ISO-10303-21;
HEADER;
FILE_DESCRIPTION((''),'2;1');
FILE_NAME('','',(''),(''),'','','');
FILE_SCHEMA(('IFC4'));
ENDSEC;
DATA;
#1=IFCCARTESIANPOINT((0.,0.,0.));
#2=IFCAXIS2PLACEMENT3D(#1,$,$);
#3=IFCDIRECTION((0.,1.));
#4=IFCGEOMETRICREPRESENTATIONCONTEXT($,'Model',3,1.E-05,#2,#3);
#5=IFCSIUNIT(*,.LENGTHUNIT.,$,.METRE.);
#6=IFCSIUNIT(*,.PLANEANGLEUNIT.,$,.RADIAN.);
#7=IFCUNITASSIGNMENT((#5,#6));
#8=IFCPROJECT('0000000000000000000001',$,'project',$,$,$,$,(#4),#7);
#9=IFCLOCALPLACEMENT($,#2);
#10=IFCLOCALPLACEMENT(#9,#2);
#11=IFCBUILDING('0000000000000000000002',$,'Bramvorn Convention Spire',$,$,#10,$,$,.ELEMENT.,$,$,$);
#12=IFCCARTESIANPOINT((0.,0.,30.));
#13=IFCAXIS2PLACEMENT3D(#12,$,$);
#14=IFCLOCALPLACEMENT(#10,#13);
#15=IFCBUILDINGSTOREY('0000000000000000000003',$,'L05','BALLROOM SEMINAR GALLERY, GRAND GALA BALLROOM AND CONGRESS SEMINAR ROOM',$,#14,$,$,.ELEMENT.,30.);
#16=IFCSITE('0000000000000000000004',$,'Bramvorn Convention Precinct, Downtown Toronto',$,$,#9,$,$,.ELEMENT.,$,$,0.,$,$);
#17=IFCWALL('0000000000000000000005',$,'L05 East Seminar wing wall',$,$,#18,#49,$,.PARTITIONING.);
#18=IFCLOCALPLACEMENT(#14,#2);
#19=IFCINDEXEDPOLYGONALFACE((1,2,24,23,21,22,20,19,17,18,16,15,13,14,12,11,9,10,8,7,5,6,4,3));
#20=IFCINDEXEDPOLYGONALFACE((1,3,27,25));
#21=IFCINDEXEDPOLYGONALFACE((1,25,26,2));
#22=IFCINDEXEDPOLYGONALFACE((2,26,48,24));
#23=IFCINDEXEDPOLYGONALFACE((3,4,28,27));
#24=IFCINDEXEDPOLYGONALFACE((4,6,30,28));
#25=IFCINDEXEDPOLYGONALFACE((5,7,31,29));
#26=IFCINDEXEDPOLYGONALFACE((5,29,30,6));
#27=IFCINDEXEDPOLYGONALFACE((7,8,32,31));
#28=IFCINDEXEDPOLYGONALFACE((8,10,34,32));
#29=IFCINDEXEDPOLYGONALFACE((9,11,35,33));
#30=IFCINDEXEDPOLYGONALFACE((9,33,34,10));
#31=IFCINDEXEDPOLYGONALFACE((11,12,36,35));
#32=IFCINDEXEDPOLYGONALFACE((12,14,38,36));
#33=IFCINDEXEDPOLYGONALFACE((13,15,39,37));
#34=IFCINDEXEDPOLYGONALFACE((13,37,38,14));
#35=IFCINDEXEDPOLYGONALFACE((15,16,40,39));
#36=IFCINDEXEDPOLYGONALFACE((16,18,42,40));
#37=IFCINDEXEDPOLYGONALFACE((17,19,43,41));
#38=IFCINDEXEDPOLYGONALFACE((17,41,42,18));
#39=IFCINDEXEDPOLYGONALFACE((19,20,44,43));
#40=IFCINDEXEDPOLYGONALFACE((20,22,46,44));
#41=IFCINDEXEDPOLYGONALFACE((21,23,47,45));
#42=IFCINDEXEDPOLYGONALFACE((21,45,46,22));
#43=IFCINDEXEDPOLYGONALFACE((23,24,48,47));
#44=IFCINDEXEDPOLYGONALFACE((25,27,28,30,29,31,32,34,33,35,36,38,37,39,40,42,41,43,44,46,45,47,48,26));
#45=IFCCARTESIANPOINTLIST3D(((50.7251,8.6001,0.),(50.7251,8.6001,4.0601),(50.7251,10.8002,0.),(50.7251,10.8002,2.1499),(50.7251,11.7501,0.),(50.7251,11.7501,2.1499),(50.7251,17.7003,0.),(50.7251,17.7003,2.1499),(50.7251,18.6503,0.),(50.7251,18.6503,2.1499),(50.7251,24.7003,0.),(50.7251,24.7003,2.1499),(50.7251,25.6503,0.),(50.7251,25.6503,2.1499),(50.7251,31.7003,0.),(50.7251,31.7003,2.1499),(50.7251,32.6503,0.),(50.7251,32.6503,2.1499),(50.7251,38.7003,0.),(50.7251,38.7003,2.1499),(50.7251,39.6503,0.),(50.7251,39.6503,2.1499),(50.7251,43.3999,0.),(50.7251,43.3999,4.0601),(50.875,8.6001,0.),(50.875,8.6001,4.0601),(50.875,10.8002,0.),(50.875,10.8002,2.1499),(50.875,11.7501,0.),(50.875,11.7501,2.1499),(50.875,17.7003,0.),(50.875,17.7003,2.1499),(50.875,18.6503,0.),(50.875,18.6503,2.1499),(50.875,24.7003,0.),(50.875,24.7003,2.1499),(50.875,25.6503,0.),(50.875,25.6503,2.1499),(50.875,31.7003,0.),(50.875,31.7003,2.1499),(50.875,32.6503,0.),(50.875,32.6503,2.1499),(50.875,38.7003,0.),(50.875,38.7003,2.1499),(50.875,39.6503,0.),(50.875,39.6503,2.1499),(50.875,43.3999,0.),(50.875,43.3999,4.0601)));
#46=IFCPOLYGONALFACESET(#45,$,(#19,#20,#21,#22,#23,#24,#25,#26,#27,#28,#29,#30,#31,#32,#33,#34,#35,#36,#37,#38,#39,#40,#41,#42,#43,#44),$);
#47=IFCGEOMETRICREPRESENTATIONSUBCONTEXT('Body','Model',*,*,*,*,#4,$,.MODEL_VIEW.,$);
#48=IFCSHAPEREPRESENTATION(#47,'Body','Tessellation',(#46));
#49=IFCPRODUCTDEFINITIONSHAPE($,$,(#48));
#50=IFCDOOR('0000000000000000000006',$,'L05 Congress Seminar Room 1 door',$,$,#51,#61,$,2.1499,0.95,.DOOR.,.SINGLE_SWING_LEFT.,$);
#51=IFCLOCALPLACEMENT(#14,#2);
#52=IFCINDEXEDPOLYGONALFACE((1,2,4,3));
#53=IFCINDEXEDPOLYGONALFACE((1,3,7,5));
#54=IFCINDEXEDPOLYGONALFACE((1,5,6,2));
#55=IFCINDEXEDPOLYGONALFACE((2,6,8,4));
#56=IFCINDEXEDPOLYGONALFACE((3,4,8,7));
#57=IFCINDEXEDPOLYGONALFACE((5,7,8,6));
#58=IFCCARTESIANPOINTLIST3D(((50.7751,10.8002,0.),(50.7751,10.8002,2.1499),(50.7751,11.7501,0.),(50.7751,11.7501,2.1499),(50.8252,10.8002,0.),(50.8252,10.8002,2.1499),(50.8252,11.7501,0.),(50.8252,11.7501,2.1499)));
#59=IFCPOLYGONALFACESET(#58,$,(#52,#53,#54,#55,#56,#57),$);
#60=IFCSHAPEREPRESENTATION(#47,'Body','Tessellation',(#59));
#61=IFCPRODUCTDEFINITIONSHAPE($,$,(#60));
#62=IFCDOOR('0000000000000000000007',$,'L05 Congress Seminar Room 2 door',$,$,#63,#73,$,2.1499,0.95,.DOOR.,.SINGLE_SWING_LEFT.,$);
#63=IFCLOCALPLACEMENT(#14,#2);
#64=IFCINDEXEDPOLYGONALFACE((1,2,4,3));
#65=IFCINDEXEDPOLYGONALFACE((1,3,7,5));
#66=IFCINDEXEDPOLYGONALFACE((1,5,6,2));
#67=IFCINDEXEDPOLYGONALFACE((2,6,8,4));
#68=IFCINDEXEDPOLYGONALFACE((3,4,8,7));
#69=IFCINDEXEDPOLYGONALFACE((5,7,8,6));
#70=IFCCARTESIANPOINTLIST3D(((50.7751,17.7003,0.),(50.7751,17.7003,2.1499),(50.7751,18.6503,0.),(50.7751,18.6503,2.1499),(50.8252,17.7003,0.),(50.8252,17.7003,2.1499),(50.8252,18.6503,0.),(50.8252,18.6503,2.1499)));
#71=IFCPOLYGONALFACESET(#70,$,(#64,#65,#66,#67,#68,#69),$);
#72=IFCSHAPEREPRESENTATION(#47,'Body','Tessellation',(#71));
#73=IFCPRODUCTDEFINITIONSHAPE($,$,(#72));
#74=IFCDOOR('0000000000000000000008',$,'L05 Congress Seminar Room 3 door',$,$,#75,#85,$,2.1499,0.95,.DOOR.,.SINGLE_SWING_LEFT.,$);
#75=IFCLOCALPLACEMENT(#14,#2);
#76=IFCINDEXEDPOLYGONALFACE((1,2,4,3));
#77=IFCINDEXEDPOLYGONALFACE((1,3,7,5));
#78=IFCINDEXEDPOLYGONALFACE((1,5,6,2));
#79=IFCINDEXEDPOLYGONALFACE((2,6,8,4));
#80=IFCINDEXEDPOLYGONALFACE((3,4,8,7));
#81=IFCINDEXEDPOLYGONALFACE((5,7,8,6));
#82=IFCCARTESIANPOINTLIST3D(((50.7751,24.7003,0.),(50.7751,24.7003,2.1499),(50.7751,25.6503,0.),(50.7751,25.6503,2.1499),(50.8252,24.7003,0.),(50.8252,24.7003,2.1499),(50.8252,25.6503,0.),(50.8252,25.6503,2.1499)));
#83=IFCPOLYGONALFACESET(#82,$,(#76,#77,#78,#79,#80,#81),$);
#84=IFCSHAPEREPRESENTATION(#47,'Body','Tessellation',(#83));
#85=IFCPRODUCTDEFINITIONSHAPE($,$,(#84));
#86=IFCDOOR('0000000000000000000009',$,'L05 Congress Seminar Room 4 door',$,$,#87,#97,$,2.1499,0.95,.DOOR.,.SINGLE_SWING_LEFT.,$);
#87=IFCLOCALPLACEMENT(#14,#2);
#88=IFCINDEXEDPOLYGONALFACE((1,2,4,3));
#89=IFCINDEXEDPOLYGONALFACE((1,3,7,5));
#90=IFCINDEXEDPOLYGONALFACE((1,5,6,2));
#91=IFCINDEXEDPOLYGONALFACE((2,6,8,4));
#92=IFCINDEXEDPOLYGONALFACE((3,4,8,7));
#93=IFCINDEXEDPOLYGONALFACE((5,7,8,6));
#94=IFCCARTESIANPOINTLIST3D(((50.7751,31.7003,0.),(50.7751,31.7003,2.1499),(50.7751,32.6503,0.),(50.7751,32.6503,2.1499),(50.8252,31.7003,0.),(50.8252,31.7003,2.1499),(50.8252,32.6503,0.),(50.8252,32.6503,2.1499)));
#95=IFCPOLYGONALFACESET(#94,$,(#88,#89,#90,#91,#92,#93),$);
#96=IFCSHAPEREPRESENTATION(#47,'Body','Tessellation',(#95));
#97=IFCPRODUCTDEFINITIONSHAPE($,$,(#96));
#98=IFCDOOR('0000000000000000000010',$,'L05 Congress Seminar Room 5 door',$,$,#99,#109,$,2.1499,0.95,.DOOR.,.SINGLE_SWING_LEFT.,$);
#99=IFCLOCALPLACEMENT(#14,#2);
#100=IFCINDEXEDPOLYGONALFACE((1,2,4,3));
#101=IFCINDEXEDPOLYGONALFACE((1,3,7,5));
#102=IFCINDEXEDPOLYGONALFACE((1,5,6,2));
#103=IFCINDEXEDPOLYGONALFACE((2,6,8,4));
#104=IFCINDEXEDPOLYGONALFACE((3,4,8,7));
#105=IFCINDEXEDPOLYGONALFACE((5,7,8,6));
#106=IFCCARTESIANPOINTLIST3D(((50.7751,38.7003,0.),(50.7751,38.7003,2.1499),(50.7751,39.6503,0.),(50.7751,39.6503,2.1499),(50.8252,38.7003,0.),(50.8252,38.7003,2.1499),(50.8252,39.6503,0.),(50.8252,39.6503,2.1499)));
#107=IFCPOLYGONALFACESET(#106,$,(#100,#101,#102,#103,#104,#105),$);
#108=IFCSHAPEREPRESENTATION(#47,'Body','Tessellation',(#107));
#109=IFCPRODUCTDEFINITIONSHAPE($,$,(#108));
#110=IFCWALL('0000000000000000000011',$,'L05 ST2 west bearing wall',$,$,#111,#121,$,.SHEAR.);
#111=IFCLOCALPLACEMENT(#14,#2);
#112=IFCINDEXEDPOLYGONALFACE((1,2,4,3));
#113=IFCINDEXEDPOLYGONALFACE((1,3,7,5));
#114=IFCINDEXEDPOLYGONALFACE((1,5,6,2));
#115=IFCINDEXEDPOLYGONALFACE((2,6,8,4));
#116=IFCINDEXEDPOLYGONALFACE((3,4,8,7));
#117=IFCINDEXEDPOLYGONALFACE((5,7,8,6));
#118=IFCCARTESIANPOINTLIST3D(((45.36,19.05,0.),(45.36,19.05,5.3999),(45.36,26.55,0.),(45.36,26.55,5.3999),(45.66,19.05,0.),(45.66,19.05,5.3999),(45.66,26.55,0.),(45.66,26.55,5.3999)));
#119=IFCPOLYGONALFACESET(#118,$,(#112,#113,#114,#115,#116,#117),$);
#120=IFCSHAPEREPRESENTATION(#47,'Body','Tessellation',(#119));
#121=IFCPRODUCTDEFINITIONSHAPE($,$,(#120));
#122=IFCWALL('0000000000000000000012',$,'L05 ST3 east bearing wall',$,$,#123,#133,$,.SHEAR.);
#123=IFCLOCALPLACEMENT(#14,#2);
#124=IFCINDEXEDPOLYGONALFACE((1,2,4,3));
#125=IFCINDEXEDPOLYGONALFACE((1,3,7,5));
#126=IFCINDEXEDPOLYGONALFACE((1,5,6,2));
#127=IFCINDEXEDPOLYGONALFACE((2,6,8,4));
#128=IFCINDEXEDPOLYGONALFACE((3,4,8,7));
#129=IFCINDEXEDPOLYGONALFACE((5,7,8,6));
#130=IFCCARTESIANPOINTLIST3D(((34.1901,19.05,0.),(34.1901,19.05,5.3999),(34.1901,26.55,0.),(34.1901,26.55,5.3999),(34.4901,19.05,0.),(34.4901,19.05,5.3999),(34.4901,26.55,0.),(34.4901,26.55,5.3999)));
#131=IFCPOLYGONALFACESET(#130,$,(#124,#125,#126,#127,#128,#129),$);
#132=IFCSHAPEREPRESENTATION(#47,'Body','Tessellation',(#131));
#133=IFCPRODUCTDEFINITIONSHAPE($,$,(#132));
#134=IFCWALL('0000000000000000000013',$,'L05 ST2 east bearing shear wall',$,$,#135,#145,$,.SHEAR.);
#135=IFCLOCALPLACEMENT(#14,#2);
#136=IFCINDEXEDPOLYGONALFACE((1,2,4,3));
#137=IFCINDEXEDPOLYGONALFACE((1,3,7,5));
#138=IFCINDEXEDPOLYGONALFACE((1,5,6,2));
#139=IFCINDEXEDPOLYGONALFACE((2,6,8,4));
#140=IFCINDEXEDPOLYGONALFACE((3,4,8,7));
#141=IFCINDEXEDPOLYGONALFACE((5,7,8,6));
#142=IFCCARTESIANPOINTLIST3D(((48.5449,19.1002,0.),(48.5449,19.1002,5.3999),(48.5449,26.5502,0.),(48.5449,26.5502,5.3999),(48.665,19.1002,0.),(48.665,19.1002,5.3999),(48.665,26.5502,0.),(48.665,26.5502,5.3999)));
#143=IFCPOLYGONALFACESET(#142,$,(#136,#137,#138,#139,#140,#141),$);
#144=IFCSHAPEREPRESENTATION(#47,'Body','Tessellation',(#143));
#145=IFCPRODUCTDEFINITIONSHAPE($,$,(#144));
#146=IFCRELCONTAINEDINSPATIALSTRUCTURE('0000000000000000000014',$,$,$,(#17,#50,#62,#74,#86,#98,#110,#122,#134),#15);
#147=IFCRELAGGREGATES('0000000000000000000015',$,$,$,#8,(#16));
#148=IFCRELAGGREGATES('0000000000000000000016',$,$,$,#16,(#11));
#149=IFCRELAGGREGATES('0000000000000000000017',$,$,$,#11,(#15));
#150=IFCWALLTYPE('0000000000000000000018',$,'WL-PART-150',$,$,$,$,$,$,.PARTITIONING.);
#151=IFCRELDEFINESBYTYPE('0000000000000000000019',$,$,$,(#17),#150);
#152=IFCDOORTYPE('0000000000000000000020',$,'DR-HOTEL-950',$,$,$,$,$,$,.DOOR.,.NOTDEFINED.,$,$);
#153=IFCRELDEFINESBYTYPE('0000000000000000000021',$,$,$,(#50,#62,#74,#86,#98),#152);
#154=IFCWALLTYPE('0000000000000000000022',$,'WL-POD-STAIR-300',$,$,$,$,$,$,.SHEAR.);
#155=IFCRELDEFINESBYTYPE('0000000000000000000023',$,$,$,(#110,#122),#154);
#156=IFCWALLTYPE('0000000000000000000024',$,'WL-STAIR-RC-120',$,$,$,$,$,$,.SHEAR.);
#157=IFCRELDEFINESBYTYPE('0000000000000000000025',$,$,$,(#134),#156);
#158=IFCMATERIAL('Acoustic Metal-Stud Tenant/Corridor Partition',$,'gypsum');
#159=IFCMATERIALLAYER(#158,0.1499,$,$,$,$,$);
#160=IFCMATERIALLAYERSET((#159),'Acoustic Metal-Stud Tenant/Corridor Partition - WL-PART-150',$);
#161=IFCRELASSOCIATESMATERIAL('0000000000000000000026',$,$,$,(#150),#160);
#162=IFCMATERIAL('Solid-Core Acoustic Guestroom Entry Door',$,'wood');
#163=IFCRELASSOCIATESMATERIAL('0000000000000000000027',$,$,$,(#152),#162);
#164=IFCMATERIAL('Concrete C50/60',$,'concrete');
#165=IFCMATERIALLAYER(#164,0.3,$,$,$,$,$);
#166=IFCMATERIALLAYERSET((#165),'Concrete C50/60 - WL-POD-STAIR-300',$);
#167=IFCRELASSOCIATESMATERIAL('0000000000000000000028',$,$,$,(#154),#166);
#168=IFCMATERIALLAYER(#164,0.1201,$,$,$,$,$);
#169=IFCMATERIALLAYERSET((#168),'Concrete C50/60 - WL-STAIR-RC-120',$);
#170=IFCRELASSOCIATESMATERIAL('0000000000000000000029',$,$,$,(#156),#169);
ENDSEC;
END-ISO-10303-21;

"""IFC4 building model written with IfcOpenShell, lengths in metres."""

from ifc_helpers import new_model, si_unit, direction, frame, frame_2d, origin, place, context, subcontext, project, spatial, rectangle, extrude, material, layer, layer_set, type_object, element, fill, save


model = new_model("IFC4")

# Units and contexts
model_context = context("Model", 3, precision=1e-05, world=origin(), true_north=direction((0.0, 1.0)))
body_context = subcontext(model_context, "Body", "Model", "MODEL_VIEW")
ifc_project = project(units=[si_unit("LENGTHUNIT", "METRE"), si_unit("PLANEANGLEUNIT", "RADIAN")], contexts=[model_context])

# Site, building, storey
site_placement = place(None, origin())
site = spatial("IfcSite", under=ifc_project, at=site_placement, Name="Bramvorn Convention Precinct, Downtown Toronto", CompositionType="ELEMENT", RefElevation=0.0)
building_placement = place(site_placement, origin())
building = spatial("IfcBuilding", under=site, at=building_placement, Name="Bramvorn Convention Spire", CompositionType="ELEMENT")
storey_placement = place(building_placement, frame((0.0, 0.0, 30.0)))
storey = spatial("IfcBuildingStorey", under=building, at=storey_placement, Name="L05", Description="BALLROOM SEMINAR GALLERY, GRAND GALA BALLROOM AND CONGRESS SEMINAR ROOM", CompositionType="ELEMENT", Elevation=30.0)

# Shared definitions
ifc_material_1 = material(Name="Concrete C50/60", Category="concrete")

# Wall, openings, doors
ifc_material_2 = material(Name="Acoustic Metal-Stud Tenant/Corridor Partition", Category="gypsum")
ifc_layer_1 = layer(ifc_material_2, 0.1499)
ifc_layer_set_1 = layer_set([ifc_layer_1], Name="Acoustic Metal-Stud Tenant/Corridor Partition - WL-PART-150")
wall_type_1 = type_object("IfcWallType", Name="WL-PART-150", PredefinedType="PARTITIONING", material=ifc_layer_set_1)
wall_1_placement = place(storey_placement, frame((50.8, 8.6001, 0.0), z_axis=(0.0, 0.0, 1.0), x_axis=(0.0, 1.0, 0.0)))
wall_1 = element("IfcWall", 1, at=wall_1_placement, inside=storey, type_object=wall_type_1, Name="L05 East Seminar wing wall", PredefinedType="PARTITIONING", context=body_context, shape_type="SweptSolid", body=[
    extrude(rectangle(XDim=34.7998, YDim=0.1499, at=frame_2d((17.3999, 0.0))), origin(), (0.0, 0.0, 1.0), 4.0601),
])
opening_1_placement = place(wall_1_placement, frame((2.2, 0.0, 0.0)))
opening_1 = element("IfcOpeningElement", 2, at=opening_1_placement, cuts=wall_1, PredefinedType="OPENING", context=body_context, shape_type="SweptSolid", body=[
    extrude(rectangle(XDim=0.95, YDim=2.1499, at=frame_2d((0.4751, 1.075))), frame((0.0, 0.085, 0.0), z_axis=(0.0, -1.0, 0.0), x_axis=(1.0, 0.0, 0.0)), (0.0, 0.0, 1.0), 0.1699),
])
opening_2_placement = place(wall_1_placement, frame((9.1001, 0.0, 0.0)))
opening_2 = element("IfcOpeningElement", 3, at=opening_2_placement, cuts=wall_1, PredefinedType="OPENING", context=body_context, shape_type="SweptSolid", body=[
    extrude(rectangle(XDim=0.95, YDim=2.1499, at=frame_2d((0.4751, 1.075))), frame((0.0, 0.085, 0.0), z_axis=(0.0, -1.0, 0.0), x_axis=(1.0, 0.0, 0.0)), (0.0, 0.0, 1.0), 0.1699),
])
opening_3_placement = place(wall_1_placement, frame((16.1001, 0.0, 0.0)))
opening_3 = element("IfcOpeningElement", 4, at=opening_3_placement, cuts=wall_1, PredefinedType="OPENING", context=body_context, shape_type="SweptSolid", body=[
    extrude(rectangle(XDim=0.95, YDim=2.1499, at=frame_2d((0.4751, 1.075))), frame((0.0, 0.085, 0.0), z_axis=(0.0, -1.0, 0.0), x_axis=(1.0, 0.0, 0.0)), (0.0, 0.0, 1.0), 0.1699),
])
opening_4_placement = place(wall_1_placement, frame((23.1001, 0.0, 0.0)))
opening_4 = element("IfcOpeningElement", 5, at=opening_4_placement, cuts=wall_1, PredefinedType="OPENING", context=body_context, shape_type="SweptSolid", body=[
    extrude(rectangle(XDim=0.95, YDim=2.1499, at=frame_2d((0.4751, 1.075))), frame((0.0, 0.085, 0.0), z_axis=(0.0, -1.0, 0.0), x_axis=(1.0, 0.0, 0.0)), (0.0, 0.0, 1.0), 0.1699),
])
opening_5_placement = place(wall_1_placement, frame((30.1001, 0.0, 0.0)))
opening_5 = element("IfcOpeningElement", 6, at=opening_5_placement, cuts=wall_1, PredefinedType="OPENING", context=body_context, shape_type="SweptSolid", body=[
    extrude(rectangle(XDim=0.95, YDim=2.1499, at=frame_2d((0.4751, 1.075))), frame((0.0, 0.085, 0.0), z_axis=(0.0, -1.0, 0.0), x_axis=(1.0, 0.0, 0.0)), (0.0, 0.0, 1.0), 0.1699),
])
ifc_material_3 = material(Name="Solid-Core Acoustic Guestroom Entry Door", Category="wood")
door_type_1 = type_object("IfcDoorType", Name="DR-HOTEL-950", OperationType="NOTDEFINED", PredefinedType="DOOR", material=ifc_material_3)
door_1_placement = place(opening_1_placement, origin())
door_1 = element("IfcDoor", 7, at=door_1_placement, inside=storey, type_object=door_type_1, Name="L05 Congress Seminar Room 1 door", OperationType="SINGLE_SWING_LEFT", OverallHeight=2.1499, OverallWidth=0.95, PredefinedType="DOOR", context=body_context, shape_type="SweptSolid", body=[
    extrude(rectangle(XDim=0.95, YDim=2.1499, at=frame_2d((0.4751, 1.075))), frame((0.0, 0.0249, 0.0), z_axis=(0.0, -1.0, 0.0), x_axis=(1.0, 0.0, 0.0)), (0.0, 0.0, 1.0), 0.05),
])
fill(opening_1, door_1)
door_2_placement = place(opening_2_placement, origin())
door_2 = element("IfcDoor", 8, at=door_2_placement, inside=storey, type_object=door_type_1, Name="L05 Congress Seminar Room 2 door", OperationType="SINGLE_SWING_LEFT", OverallHeight=2.1499, OverallWidth=0.95, PredefinedType="DOOR", context=body_context, shape_type="SweptSolid", body=[
    extrude(rectangle(XDim=0.95, YDim=2.1499, at=frame_2d((0.4751, 1.075))), frame((0.0, 0.0249, 0.0), z_axis=(0.0, -1.0, 0.0), x_axis=(1.0, 0.0, 0.0)), (0.0, 0.0, 1.0), 0.05),
])
fill(opening_2, door_2)
door_3_placement = place(opening_3_placement, origin())
door_3 = element("IfcDoor", 9, at=door_3_placement, inside=storey, type_object=door_type_1, Name="L05 Congress Seminar Room 3 door", OperationType="SINGLE_SWING_LEFT", OverallHeight=2.1499, OverallWidth=0.95, PredefinedType="DOOR", context=body_context, shape_type="SweptSolid", body=[
    extrude(rectangle(XDim=0.95, YDim=2.1499, at=frame_2d((0.4751, 1.075))), frame((0.0, 0.0249, 0.0), z_axis=(0.0, -1.0, 0.0), x_axis=(1.0, 0.0, 0.0)), (0.0, 0.0, 1.0), 0.05),
])
fill(opening_3, door_3)
door_4_placement = place(opening_4_placement, origin())
door_4 = element("IfcDoor", 10, at=door_4_placement, inside=storey, type_object=door_type_1, Name="L05 Congress Seminar Room 4 door", OperationType="SINGLE_SWING_LEFT", OverallHeight=2.1499, OverallWidth=0.95, PredefinedType="DOOR", context=body_context, shape_type="SweptSolid", body=[
    extrude(rectangle(XDim=0.95, YDim=2.1499, at=frame_2d((0.4751, 1.075))), frame((0.0, 0.0249, 0.0), z_axis=(0.0, -1.0, 0.0), x_axis=(1.0, 0.0, 0.0)), (0.0, 0.0, 1.0), 0.05),
])
fill(opening_4, door_4)
door_5_placement = place(opening_5_placement, origin())
door_5 = element("IfcDoor", 11, at=door_5_placement, inside=storey, type_object=door_type_1, Name="L05 Congress Seminar Room 5 door", OperationType="SINGLE_SWING_LEFT", OverallHeight=2.1499, OverallWidth=0.95, PredefinedType="DOOR", context=body_context, shape_type="SweptSolid", body=[
    extrude(rectangle(XDim=0.95, YDim=2.1499, at=frame_2d((0.4751, 1.075))), frame((0.0, 0.0249, 0.0), z_axis=(0.0, -1.0, 0.0), x_axis=(1.0, 0.0, 0.0)), (0.0, 0.0, 1.0), 0.05),
])
fill(opening_5, door_5)

# Walls
ifc_layer_2 = layer(ifc_material_1, 0.3)
ifc_layer_set_2 = layer_set([ifc_layer_2], Name="Concrete C50/60 - WL-POD-STAIR-300")
wall_type_2 = type_object("IfcWallType", Name="WL-POD-STAIR-300", PredefinedType="SHEAR", material=ifc_layer_set_2)
for number, where, z_axis, x_axis, name in (
    (12, (45.51, 19.05, 0.0), (0.0, 0.0, 1.0), (0.0, 1.0, 0.0), "L05 ST2 west bearing wall"),
    (13, (34.3401, 19.05, 0.0), (0.0, 0.0, 1.0), (0.0, 1.0, 0.0), "L05 ST3 east bearing wall"),
):
    element("IfcWall", number, at=place(storey_placement, frame(where, z_axis=z_axis, x_axis=x_axis)), inside=storey, type_object=wall_type_2, Name=name, PredefinedType="SHEAR", context=body_context, shape_type="SweptSolid", body=[
        extrude(rectangle(XDim=7.5, YDim=0.3, at=frame_2d((3.75, 0.0))), origin(), (0.0, 0.0, 1.0), 5.3999),
    ])
ifc_layer_3 = layer(ifc_material_1, 0.1201)
ifc_layer_set_3 = layer_set([ifc_layer_3], Name="Concrete C50/60 - WL-STAIR-RC-120")
wall_type_3 = type_object("IfcWallType", Name="WL-STAIR-RC-120", PredefinedType="SHEAR", material=ifc_layer_set_3)
wall_2_placement = place(storey_placement, frame((48.605, 19.1001, 0.0), z_axis=(0.0, 0.0, 1.0), x_axis=(0.0, 1.0, 0.0)))
element("IfcWall", 14, at=wall_2_placement, inside=storey, type_object=wall_type_3, Name="L05 ST2 east bearing shear wall", PredefinedType="SHEAR", context=body_context, shape_type="SweptSolid", body=[
    extrude(rectangle(XDim=7.45, YDim=0.1201, at=frame_2d((3.7251, 0.0))), origin(), (0.0, 0.0, 1.0), 5.3999),
])

save(model, "model.ifc")
